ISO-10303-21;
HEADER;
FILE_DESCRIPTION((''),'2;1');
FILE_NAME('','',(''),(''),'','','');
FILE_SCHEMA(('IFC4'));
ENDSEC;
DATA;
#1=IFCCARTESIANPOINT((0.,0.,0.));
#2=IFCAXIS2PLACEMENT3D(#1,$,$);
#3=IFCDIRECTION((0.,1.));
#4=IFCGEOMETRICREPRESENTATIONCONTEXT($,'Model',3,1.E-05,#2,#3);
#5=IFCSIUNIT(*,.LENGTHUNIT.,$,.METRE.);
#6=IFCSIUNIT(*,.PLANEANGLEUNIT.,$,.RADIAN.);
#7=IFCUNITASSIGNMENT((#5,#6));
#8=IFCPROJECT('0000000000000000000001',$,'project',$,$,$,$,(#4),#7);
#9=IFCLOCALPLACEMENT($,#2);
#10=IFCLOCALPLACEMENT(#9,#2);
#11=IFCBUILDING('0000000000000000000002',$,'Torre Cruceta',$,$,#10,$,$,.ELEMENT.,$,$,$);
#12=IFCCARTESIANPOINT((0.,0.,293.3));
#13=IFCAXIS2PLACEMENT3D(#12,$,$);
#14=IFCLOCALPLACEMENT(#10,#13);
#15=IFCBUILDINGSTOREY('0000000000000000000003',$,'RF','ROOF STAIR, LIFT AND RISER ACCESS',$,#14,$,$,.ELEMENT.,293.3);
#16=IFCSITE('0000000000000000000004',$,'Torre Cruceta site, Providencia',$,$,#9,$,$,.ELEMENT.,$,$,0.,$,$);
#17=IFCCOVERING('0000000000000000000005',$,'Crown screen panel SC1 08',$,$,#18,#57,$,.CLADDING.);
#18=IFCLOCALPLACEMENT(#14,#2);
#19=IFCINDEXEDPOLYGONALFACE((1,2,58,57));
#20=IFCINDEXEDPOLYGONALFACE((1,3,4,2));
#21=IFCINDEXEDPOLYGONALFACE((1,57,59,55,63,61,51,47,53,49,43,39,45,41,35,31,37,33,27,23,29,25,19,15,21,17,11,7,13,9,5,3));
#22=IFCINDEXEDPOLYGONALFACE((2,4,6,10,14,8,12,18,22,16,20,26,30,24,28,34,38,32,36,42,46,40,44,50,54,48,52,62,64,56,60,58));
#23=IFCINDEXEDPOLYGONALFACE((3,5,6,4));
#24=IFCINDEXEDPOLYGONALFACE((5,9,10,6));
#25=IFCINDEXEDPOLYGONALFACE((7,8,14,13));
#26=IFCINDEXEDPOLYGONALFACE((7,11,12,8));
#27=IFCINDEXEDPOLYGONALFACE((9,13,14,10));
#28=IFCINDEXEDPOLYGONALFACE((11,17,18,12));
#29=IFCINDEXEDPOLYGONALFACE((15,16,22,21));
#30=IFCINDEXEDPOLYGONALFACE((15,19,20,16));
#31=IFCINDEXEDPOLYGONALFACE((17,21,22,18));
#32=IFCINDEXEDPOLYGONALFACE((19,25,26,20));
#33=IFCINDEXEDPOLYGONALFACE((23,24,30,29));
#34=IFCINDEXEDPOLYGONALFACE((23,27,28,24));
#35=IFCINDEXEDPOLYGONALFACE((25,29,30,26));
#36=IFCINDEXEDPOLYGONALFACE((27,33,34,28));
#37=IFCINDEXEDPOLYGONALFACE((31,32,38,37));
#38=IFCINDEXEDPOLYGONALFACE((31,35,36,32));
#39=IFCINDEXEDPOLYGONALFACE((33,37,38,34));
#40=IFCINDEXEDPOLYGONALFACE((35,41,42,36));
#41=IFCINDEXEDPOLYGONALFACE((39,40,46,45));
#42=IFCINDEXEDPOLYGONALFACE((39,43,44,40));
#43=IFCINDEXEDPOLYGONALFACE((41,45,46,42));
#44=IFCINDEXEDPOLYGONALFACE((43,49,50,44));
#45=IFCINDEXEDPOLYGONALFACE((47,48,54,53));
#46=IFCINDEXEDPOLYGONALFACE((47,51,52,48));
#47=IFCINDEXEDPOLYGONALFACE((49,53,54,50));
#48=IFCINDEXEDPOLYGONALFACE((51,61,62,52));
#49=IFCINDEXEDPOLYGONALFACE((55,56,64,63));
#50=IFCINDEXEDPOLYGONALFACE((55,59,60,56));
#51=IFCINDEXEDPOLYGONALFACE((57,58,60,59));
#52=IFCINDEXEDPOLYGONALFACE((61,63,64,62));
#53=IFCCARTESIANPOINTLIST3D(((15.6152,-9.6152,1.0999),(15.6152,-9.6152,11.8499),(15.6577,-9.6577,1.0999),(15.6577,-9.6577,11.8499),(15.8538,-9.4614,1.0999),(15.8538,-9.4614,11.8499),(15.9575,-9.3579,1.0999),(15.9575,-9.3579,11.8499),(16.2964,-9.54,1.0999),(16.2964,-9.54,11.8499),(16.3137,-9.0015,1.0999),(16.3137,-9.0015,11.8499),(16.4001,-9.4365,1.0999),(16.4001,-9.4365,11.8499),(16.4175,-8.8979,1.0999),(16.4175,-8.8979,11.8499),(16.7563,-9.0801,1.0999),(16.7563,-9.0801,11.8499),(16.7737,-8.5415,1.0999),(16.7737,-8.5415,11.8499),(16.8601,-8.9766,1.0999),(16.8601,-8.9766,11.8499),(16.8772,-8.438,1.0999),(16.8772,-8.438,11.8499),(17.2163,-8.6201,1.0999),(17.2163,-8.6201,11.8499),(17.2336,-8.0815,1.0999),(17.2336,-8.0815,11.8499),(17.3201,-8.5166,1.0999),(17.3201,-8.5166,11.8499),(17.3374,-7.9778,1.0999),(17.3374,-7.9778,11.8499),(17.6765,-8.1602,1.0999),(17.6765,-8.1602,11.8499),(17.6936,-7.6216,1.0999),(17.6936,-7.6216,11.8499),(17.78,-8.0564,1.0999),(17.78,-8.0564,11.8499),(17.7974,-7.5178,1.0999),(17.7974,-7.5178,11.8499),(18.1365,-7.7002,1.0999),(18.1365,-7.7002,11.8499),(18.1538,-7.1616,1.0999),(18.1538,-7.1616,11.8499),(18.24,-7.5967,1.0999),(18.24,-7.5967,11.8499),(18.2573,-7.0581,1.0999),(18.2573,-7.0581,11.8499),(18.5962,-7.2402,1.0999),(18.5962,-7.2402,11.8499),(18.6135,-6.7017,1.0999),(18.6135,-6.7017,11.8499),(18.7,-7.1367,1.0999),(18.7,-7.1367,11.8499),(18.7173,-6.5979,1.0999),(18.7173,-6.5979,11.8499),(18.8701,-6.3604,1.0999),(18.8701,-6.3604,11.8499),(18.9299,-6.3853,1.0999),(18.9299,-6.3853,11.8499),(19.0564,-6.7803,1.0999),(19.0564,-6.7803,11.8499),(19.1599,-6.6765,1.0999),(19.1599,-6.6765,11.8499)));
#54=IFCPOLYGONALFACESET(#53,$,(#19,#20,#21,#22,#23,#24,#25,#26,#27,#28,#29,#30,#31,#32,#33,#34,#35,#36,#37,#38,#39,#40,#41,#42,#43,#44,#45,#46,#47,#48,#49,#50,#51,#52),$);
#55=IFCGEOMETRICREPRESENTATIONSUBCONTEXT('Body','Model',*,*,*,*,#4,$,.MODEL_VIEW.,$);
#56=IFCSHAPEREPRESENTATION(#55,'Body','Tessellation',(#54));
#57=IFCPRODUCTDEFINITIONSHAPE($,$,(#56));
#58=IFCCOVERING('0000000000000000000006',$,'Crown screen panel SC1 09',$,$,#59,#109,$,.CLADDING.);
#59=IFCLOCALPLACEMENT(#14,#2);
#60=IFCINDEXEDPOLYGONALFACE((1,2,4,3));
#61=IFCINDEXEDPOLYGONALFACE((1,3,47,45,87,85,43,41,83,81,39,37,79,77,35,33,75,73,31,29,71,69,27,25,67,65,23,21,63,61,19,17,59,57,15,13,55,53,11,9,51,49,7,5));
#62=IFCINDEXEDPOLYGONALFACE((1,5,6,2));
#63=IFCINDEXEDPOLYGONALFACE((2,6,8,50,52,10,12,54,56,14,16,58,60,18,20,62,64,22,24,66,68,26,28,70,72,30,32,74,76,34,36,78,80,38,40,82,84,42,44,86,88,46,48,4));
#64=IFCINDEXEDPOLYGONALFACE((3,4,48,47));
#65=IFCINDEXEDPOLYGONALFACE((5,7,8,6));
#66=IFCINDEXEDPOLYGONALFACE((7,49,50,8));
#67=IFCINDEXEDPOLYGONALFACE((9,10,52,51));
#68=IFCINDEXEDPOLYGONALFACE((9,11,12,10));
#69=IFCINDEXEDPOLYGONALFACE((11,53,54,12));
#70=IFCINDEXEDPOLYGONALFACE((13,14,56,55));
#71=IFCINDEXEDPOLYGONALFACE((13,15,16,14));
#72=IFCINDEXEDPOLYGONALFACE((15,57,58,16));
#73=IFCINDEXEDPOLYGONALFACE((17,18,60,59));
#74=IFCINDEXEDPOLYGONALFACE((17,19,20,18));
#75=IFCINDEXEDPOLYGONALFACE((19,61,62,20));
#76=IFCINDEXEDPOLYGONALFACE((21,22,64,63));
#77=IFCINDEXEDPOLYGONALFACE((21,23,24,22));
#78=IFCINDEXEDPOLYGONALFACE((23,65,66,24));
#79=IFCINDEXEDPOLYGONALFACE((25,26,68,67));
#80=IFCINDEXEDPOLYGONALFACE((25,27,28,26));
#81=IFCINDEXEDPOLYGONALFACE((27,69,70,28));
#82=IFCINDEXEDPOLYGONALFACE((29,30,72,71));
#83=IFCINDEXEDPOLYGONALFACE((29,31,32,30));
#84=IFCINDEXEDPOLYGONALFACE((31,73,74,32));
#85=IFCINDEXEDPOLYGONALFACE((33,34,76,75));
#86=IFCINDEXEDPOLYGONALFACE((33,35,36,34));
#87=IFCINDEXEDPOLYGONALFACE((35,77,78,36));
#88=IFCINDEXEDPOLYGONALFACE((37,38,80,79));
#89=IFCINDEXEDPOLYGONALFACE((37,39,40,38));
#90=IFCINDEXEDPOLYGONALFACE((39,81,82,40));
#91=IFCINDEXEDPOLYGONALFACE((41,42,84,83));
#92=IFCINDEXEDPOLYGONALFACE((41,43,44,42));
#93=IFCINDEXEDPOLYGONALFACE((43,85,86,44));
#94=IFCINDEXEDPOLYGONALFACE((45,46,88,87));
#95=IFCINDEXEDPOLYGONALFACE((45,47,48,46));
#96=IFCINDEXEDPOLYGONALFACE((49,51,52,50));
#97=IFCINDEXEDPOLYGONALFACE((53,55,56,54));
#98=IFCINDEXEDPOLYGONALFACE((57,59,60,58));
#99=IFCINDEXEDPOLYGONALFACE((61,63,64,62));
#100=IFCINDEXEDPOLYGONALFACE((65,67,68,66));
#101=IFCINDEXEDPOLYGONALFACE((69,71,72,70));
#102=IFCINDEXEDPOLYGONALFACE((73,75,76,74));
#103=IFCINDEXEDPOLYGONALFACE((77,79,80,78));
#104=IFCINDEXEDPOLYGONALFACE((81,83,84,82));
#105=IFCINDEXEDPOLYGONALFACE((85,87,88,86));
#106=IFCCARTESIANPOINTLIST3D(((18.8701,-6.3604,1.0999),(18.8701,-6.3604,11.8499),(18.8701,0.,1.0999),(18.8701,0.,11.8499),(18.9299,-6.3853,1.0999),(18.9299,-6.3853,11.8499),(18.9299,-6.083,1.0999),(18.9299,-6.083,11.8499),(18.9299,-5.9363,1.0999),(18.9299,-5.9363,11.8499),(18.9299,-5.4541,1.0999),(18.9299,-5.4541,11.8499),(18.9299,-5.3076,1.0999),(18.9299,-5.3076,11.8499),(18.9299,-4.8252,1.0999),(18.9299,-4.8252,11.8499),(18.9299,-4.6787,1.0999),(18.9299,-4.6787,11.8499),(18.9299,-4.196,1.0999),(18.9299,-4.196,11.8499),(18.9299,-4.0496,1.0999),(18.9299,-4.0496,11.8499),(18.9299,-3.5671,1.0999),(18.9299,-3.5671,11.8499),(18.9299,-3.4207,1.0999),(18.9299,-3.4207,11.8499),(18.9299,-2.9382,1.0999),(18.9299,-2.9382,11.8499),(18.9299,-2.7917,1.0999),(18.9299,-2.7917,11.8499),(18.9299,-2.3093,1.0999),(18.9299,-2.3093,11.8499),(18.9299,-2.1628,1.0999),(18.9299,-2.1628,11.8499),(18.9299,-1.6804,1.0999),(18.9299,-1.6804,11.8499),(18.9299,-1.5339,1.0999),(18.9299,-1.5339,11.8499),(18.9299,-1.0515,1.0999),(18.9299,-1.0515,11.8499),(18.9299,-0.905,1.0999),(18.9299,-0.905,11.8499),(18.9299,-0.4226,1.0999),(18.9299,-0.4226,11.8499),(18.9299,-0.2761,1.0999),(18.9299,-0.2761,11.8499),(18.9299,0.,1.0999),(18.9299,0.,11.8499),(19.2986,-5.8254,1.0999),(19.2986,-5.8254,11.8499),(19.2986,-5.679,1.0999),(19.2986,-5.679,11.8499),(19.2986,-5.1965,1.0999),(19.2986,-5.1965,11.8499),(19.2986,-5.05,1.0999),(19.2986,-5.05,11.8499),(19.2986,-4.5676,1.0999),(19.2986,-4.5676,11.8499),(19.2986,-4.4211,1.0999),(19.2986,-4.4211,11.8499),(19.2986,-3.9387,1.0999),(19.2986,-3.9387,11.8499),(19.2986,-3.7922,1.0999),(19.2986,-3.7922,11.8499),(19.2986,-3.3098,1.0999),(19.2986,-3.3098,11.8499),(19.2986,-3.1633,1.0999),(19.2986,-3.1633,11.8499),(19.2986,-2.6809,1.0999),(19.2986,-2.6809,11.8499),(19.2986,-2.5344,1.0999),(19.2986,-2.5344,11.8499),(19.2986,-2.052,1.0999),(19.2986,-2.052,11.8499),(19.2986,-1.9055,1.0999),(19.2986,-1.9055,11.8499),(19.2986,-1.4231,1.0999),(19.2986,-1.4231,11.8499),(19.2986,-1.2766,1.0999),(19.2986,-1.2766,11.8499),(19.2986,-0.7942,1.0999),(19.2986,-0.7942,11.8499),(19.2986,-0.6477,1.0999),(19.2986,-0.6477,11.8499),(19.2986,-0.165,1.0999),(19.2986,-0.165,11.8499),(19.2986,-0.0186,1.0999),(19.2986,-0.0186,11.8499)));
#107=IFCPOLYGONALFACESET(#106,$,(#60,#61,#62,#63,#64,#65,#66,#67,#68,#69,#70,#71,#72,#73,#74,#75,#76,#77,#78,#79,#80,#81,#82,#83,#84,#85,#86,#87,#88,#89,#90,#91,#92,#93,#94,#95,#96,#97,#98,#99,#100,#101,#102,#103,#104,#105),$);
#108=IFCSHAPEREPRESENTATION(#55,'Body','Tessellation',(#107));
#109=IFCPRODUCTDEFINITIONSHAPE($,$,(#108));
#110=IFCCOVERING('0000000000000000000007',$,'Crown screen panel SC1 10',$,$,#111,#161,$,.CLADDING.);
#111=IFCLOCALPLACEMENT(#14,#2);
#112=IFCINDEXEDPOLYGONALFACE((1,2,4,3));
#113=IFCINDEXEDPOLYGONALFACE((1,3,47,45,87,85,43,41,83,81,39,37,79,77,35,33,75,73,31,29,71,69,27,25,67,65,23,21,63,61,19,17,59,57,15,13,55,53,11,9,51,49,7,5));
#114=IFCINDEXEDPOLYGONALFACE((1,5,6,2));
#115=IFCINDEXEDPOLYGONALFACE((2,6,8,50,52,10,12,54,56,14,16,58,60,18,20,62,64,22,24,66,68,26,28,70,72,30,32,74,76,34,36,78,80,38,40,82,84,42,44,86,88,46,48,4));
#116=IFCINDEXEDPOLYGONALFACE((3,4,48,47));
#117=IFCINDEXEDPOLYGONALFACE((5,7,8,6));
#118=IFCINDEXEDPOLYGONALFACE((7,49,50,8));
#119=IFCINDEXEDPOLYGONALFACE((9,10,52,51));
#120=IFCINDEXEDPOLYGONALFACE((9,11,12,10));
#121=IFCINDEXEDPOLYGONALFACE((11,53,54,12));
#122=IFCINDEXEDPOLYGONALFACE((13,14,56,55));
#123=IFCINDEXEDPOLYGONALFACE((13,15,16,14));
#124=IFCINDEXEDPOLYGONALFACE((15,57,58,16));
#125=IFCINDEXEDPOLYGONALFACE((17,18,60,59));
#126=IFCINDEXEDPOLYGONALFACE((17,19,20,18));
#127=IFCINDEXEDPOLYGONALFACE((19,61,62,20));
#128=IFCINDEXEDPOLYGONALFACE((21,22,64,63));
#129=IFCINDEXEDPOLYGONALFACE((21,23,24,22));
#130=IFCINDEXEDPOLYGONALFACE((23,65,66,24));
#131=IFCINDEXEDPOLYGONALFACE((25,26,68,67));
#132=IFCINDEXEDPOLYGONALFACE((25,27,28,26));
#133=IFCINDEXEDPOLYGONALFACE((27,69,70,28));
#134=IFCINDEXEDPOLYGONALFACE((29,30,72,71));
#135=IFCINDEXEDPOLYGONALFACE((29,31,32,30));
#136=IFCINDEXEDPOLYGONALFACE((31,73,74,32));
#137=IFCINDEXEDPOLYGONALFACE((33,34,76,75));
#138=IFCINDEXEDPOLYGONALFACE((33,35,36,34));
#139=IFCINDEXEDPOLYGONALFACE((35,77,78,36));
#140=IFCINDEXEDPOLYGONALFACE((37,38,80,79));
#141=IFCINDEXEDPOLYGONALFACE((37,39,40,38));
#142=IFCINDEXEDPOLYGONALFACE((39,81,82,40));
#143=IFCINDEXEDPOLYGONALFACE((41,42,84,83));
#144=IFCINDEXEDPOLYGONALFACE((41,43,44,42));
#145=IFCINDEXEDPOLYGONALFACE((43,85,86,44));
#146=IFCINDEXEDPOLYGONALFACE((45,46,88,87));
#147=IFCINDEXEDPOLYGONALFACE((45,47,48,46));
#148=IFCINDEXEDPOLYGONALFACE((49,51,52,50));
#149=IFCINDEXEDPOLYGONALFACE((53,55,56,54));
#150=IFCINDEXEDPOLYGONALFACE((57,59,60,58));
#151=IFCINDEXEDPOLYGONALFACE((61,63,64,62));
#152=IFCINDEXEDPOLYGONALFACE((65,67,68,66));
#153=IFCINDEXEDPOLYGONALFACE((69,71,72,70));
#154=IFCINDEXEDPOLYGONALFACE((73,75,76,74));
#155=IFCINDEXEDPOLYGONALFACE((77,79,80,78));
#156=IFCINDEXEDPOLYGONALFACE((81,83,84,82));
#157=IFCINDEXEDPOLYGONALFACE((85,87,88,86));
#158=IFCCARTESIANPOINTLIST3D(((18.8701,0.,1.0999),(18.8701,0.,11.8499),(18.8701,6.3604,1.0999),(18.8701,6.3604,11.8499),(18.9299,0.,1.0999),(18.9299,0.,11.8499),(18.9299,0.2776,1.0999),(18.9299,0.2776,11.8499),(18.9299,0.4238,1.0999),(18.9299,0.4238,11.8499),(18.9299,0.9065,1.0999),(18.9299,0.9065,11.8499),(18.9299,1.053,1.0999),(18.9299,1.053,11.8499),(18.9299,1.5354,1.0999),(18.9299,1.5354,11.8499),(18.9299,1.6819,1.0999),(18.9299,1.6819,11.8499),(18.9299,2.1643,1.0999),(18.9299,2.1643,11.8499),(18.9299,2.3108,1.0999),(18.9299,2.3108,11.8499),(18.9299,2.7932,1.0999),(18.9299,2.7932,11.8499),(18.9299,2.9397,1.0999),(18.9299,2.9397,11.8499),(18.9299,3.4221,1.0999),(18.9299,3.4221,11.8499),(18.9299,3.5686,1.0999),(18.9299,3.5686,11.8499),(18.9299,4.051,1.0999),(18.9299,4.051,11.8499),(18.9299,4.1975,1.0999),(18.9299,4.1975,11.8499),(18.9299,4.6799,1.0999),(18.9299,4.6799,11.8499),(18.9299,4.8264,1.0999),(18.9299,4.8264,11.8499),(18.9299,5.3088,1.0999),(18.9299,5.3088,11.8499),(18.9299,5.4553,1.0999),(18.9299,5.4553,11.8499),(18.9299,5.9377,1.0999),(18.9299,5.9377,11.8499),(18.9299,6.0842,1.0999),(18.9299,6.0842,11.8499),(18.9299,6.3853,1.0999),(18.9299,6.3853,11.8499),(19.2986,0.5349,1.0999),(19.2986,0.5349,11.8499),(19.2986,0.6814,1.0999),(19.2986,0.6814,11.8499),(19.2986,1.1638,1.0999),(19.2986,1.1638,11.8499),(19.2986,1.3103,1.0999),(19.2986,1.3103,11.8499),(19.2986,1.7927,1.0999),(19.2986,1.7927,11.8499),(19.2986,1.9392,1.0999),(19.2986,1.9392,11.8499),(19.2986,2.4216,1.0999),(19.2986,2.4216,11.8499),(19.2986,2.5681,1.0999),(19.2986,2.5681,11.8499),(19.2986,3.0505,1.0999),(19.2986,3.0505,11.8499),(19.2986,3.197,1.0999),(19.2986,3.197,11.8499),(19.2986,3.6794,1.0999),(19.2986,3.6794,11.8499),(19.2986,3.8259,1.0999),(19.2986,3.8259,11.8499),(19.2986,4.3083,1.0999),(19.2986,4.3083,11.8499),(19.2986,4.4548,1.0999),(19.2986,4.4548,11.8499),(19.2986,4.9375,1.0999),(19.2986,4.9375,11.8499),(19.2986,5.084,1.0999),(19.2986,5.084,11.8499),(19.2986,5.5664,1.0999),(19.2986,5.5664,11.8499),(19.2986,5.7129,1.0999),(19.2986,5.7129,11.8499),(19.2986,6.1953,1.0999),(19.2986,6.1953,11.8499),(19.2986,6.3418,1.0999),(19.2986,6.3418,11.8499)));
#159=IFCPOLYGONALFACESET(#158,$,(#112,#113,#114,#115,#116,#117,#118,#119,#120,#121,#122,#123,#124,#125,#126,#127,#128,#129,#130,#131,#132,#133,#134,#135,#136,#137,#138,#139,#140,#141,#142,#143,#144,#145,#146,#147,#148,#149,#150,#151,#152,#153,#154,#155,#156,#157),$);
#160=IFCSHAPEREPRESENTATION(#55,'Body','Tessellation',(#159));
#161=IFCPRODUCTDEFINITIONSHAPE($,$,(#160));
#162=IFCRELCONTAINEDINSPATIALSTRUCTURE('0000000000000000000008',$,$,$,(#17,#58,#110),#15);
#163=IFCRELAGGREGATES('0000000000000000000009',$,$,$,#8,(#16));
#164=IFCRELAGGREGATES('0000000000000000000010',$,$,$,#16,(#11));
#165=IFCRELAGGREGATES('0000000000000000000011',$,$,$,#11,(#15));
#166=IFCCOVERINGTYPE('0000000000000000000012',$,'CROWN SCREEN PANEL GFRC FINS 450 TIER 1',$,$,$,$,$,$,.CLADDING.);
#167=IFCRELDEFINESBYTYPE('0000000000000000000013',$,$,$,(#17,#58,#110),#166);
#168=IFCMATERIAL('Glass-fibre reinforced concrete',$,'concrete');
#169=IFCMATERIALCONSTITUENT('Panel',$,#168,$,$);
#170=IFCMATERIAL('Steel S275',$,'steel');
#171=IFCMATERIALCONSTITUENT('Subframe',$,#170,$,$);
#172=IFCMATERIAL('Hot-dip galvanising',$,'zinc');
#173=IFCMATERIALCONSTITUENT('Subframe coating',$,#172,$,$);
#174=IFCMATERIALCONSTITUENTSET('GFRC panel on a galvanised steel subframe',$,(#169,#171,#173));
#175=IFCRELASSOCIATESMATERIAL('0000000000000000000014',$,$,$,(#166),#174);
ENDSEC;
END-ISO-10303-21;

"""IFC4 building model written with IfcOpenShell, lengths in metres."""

from ifc_helpers import new_model, si_unit, direction, frame, origin, place, context, subcontext, project, spatial, polyline, outline, extrude, material, constituent, constituent_set, type_object, element, save


model = new_model("IFC4")

# Units and contexts
model_context = context("Model", 3, precision=1e-05, world=origin(), true_north=direction((0.0, 1.0)))
body_context = subcontext(model_context, "Body", "Model", "MODEL_VIEW")
ifc_project = project(units=[si_unit("LENGTHUNIT", "METRE"), si_unit("PLANEANGLEUNIT", "RADIAN")], contexts=[model_context])

# Site, building, storey
site_placement = place(None, origin())
site = spatial("IfcSite", under=ifc_project, at=site_placement, Name="Torre Cruceta site, Providencia", CompositionType="ELEMENT", RefElevation=0.0)
building_placement = place(site_placement, origin())
building = spatial("IfcBuilding", under=site, at=building_placement, Name="Torre Cruceta", CompositionType="ELEMENT")
storey_placement = place(building_placement, frame((0.0, 0.0, 293.3)))
storey = spatial("IfcBuildingStorey", under=building, at=storey_placement, Name="RF", Description="ROOF STAIR, LIFT AND RISER ACCESS", CompositionType="ELEMENT", Elevation=293.3)

# Coverings
ifc_material_1 = material(Name="Glass-fibre reinforced concrete", Category="concrete")
ifc_constituent_1 = constituent(ifc_material_1, Name="Panel")
ifc_material_2 = material(Name="Steel S275", Category="steel")
ifc_constituent_2 = constituent(ifc_material_2, Name="Subframe")
ifc_material_3 = material(Name="Hot-dip galvanising", Category="zinc")
ifc_constituent_3 = constituent(ifc_material_3, Name="Subframe coating")
ifc_constituent_set_1 = constituent_set(constituents=[ifc_constituent_1, ifc_constituent_2, ifc_constituent_3], Name="GFRC panel on a galvanised steel subframe")
covering_type_1 = type_object("IfcCoveringType", Name="CROWN SCREEN PANEL GFRC FINS 450 TIER 1", PredefinedType="CLADDING", material=ifc_constituent_set_1)
covering_1_placement = place(storey_placement, frame((0.0, 0.0, 1.0999)))
element("IfcCovering", 1, at=covering_1_placement, inside=storey, type_object=covering_type_1, Name="Crown screen panel SC1 08", PredefinedType="CLADDING", context=body_context, shape_type="SweptSolid", body=[
    extrude(outline(polyline([(16.4001, -9.4365), (15.9575, -9.3579), (16.3137, -9.0015), (16.7563, -9.0801), (16.8601, -8.9766), (16.4175, -8.8979), (16.7737, -8.5415), (17.2163, -8.6201), (17.3201, -8.5166), (16.8772, -8.438), (17.2336, -8.0815), (17.6765, -8.1602), (17.78, -8.0564), (17.3374, -7.9778), (17.6936, -7.6216), (18.1365, -7.7002), (18.24, -7.5967), (17.7974, -7.5178), (18.1538, -7.1616), (18.5962, -7.2402), (18.7, -7.1367), (18.2573, -7.0581), (18.6135, -6.7017), (19.0564, -6.7803), (19.1599, -6.6765), (18.7173, -6.5979), (18.9299, -6.3853), (18.8701, -6.3604), (15.6152, -9.6152), (15.6577, -9.6577), (15.8538, -9.4614), (16.2964, -9.54), (16.4001, -9.4365)])), origin(), (0.0, 0.0, 1.0), 10.75),
])
covering_2_placement = place(storey_placement, frame((0.0, 0.0, 1.0999)))
element("IfcCovering", 2, at=covering_2_placement, inside=storey, type_object=covering_type_1, Name="Crown screen panel SC1 09", PredefinedType="CLADDING", context=body_context, shape_type="SweptSolid", body=[
    extrude(outline(polyline([(19.2986, -5.679), (18.9299, -5.9363), (18.9299, -5.4541), (19.2986, -5.1965), (19.2986, -5.05), (18.9299, -5.3076), (18.9299, -4.8252), (19.2986, -4.5676), (19.2986, -4.4211), (18.9299, -4.6787), (18.9299, -4.196), (19.2986, -3.9387), (19.2986, -3.7922), (18.9299, -4.0496), (18.9299, -3.5671), (19.2986, -3.3098), (19.2986, -3.1633), (18.9299, -3.4207), (18.9299, -2.9382), (19.2986, -2.6809), (19.2986, -2.5344), (18.9299, -2.7917), (18.9299, -2.3093), (19.2986, -2.052), (19.2986, -1.9055), (18.9299, -2.1628), (18.9299, -1.6804), (19.2986, -1.4231), (19.2986, -1.2766), (18.9299, -1.5339), (18.9299, -1.0515), (19.2986, -0.7942), (19.2986, -0.6477), (18.9299, -0.905), (18.9299, -0.4226), (19.2986, -0.165), (19.2986, -0.0186), (18.9299, -0.2761), (18.9299, 0.0), (18.8701, 0.0), (18.8701, -6.3604), (18.9299, -6.3853), (18.9299, -6.083), (19.2986, -5.8254), (19.2986, -5.679)])), origin(), (0.0, 0.0, 1.0), 10.75),
])
covering_3_placement = place(storey_placement, frame((0.0, 0.0, 1.0999)))
element("IfcCovering", 3, at=covering_3_placement, inside=storey, type_object=covering_type_1, Name="Crown screen panel SC1 10", PredefinedType="CLADDING", context=body_context, shape_type="SweptSolid", body=[
    extrude(outline(polyline([(19.2986, 0.6814), (18.9299, 0.4238), (18.9299, 0.9065), (19.2986, 1.1638), (19.2986, 1.3103), (18.9299, 1.053), (18.9299, 1.5354), (19.2986, 1.7927), (19.2986, 1.9392), (18.9299, 1.6819), (18.9299, 2.1643), (19.2986, 2.4216), (19.2986, 2.5681), (18.9299, 2.3108), (18.9299, 2.7932), (19.2986, 3.0505), (19.2986, 3.197), (18.9299, 2.9397), (18.9299, 3.4221), (19.2986, 3.6794), (19.2986, 3.8259), (18.9299, 3.5686), (18.9299, 4.051), (19.2986, 4.3083), (19.2986, 4.4548), (18.9299, 4.1975), (18.9299, 4.6799), (19.2986, 4.9375), (19.2986, 5.084), (18.9299, 4.8264), (18.9299, 5.3088), (19.2986, 5.5664), (19.2986, 5.7129), (18.9299, 5.4553), (18.9299, 5.9377), (19.2986, 6.1953), (19.2986, 6.3418), (18.9299, 6.0842), (18.9299, 6.3853), (18.8701, 6.3604), (18.8701, 0.0), (18.9299, 0.0), (18.9299, 0.2776), (19.2986, 0.5349), (19.2986, 0.6814)])), origin(), (0.0, 0.0, 1.0), 10.75),
])

save(model, "model.ifc")
